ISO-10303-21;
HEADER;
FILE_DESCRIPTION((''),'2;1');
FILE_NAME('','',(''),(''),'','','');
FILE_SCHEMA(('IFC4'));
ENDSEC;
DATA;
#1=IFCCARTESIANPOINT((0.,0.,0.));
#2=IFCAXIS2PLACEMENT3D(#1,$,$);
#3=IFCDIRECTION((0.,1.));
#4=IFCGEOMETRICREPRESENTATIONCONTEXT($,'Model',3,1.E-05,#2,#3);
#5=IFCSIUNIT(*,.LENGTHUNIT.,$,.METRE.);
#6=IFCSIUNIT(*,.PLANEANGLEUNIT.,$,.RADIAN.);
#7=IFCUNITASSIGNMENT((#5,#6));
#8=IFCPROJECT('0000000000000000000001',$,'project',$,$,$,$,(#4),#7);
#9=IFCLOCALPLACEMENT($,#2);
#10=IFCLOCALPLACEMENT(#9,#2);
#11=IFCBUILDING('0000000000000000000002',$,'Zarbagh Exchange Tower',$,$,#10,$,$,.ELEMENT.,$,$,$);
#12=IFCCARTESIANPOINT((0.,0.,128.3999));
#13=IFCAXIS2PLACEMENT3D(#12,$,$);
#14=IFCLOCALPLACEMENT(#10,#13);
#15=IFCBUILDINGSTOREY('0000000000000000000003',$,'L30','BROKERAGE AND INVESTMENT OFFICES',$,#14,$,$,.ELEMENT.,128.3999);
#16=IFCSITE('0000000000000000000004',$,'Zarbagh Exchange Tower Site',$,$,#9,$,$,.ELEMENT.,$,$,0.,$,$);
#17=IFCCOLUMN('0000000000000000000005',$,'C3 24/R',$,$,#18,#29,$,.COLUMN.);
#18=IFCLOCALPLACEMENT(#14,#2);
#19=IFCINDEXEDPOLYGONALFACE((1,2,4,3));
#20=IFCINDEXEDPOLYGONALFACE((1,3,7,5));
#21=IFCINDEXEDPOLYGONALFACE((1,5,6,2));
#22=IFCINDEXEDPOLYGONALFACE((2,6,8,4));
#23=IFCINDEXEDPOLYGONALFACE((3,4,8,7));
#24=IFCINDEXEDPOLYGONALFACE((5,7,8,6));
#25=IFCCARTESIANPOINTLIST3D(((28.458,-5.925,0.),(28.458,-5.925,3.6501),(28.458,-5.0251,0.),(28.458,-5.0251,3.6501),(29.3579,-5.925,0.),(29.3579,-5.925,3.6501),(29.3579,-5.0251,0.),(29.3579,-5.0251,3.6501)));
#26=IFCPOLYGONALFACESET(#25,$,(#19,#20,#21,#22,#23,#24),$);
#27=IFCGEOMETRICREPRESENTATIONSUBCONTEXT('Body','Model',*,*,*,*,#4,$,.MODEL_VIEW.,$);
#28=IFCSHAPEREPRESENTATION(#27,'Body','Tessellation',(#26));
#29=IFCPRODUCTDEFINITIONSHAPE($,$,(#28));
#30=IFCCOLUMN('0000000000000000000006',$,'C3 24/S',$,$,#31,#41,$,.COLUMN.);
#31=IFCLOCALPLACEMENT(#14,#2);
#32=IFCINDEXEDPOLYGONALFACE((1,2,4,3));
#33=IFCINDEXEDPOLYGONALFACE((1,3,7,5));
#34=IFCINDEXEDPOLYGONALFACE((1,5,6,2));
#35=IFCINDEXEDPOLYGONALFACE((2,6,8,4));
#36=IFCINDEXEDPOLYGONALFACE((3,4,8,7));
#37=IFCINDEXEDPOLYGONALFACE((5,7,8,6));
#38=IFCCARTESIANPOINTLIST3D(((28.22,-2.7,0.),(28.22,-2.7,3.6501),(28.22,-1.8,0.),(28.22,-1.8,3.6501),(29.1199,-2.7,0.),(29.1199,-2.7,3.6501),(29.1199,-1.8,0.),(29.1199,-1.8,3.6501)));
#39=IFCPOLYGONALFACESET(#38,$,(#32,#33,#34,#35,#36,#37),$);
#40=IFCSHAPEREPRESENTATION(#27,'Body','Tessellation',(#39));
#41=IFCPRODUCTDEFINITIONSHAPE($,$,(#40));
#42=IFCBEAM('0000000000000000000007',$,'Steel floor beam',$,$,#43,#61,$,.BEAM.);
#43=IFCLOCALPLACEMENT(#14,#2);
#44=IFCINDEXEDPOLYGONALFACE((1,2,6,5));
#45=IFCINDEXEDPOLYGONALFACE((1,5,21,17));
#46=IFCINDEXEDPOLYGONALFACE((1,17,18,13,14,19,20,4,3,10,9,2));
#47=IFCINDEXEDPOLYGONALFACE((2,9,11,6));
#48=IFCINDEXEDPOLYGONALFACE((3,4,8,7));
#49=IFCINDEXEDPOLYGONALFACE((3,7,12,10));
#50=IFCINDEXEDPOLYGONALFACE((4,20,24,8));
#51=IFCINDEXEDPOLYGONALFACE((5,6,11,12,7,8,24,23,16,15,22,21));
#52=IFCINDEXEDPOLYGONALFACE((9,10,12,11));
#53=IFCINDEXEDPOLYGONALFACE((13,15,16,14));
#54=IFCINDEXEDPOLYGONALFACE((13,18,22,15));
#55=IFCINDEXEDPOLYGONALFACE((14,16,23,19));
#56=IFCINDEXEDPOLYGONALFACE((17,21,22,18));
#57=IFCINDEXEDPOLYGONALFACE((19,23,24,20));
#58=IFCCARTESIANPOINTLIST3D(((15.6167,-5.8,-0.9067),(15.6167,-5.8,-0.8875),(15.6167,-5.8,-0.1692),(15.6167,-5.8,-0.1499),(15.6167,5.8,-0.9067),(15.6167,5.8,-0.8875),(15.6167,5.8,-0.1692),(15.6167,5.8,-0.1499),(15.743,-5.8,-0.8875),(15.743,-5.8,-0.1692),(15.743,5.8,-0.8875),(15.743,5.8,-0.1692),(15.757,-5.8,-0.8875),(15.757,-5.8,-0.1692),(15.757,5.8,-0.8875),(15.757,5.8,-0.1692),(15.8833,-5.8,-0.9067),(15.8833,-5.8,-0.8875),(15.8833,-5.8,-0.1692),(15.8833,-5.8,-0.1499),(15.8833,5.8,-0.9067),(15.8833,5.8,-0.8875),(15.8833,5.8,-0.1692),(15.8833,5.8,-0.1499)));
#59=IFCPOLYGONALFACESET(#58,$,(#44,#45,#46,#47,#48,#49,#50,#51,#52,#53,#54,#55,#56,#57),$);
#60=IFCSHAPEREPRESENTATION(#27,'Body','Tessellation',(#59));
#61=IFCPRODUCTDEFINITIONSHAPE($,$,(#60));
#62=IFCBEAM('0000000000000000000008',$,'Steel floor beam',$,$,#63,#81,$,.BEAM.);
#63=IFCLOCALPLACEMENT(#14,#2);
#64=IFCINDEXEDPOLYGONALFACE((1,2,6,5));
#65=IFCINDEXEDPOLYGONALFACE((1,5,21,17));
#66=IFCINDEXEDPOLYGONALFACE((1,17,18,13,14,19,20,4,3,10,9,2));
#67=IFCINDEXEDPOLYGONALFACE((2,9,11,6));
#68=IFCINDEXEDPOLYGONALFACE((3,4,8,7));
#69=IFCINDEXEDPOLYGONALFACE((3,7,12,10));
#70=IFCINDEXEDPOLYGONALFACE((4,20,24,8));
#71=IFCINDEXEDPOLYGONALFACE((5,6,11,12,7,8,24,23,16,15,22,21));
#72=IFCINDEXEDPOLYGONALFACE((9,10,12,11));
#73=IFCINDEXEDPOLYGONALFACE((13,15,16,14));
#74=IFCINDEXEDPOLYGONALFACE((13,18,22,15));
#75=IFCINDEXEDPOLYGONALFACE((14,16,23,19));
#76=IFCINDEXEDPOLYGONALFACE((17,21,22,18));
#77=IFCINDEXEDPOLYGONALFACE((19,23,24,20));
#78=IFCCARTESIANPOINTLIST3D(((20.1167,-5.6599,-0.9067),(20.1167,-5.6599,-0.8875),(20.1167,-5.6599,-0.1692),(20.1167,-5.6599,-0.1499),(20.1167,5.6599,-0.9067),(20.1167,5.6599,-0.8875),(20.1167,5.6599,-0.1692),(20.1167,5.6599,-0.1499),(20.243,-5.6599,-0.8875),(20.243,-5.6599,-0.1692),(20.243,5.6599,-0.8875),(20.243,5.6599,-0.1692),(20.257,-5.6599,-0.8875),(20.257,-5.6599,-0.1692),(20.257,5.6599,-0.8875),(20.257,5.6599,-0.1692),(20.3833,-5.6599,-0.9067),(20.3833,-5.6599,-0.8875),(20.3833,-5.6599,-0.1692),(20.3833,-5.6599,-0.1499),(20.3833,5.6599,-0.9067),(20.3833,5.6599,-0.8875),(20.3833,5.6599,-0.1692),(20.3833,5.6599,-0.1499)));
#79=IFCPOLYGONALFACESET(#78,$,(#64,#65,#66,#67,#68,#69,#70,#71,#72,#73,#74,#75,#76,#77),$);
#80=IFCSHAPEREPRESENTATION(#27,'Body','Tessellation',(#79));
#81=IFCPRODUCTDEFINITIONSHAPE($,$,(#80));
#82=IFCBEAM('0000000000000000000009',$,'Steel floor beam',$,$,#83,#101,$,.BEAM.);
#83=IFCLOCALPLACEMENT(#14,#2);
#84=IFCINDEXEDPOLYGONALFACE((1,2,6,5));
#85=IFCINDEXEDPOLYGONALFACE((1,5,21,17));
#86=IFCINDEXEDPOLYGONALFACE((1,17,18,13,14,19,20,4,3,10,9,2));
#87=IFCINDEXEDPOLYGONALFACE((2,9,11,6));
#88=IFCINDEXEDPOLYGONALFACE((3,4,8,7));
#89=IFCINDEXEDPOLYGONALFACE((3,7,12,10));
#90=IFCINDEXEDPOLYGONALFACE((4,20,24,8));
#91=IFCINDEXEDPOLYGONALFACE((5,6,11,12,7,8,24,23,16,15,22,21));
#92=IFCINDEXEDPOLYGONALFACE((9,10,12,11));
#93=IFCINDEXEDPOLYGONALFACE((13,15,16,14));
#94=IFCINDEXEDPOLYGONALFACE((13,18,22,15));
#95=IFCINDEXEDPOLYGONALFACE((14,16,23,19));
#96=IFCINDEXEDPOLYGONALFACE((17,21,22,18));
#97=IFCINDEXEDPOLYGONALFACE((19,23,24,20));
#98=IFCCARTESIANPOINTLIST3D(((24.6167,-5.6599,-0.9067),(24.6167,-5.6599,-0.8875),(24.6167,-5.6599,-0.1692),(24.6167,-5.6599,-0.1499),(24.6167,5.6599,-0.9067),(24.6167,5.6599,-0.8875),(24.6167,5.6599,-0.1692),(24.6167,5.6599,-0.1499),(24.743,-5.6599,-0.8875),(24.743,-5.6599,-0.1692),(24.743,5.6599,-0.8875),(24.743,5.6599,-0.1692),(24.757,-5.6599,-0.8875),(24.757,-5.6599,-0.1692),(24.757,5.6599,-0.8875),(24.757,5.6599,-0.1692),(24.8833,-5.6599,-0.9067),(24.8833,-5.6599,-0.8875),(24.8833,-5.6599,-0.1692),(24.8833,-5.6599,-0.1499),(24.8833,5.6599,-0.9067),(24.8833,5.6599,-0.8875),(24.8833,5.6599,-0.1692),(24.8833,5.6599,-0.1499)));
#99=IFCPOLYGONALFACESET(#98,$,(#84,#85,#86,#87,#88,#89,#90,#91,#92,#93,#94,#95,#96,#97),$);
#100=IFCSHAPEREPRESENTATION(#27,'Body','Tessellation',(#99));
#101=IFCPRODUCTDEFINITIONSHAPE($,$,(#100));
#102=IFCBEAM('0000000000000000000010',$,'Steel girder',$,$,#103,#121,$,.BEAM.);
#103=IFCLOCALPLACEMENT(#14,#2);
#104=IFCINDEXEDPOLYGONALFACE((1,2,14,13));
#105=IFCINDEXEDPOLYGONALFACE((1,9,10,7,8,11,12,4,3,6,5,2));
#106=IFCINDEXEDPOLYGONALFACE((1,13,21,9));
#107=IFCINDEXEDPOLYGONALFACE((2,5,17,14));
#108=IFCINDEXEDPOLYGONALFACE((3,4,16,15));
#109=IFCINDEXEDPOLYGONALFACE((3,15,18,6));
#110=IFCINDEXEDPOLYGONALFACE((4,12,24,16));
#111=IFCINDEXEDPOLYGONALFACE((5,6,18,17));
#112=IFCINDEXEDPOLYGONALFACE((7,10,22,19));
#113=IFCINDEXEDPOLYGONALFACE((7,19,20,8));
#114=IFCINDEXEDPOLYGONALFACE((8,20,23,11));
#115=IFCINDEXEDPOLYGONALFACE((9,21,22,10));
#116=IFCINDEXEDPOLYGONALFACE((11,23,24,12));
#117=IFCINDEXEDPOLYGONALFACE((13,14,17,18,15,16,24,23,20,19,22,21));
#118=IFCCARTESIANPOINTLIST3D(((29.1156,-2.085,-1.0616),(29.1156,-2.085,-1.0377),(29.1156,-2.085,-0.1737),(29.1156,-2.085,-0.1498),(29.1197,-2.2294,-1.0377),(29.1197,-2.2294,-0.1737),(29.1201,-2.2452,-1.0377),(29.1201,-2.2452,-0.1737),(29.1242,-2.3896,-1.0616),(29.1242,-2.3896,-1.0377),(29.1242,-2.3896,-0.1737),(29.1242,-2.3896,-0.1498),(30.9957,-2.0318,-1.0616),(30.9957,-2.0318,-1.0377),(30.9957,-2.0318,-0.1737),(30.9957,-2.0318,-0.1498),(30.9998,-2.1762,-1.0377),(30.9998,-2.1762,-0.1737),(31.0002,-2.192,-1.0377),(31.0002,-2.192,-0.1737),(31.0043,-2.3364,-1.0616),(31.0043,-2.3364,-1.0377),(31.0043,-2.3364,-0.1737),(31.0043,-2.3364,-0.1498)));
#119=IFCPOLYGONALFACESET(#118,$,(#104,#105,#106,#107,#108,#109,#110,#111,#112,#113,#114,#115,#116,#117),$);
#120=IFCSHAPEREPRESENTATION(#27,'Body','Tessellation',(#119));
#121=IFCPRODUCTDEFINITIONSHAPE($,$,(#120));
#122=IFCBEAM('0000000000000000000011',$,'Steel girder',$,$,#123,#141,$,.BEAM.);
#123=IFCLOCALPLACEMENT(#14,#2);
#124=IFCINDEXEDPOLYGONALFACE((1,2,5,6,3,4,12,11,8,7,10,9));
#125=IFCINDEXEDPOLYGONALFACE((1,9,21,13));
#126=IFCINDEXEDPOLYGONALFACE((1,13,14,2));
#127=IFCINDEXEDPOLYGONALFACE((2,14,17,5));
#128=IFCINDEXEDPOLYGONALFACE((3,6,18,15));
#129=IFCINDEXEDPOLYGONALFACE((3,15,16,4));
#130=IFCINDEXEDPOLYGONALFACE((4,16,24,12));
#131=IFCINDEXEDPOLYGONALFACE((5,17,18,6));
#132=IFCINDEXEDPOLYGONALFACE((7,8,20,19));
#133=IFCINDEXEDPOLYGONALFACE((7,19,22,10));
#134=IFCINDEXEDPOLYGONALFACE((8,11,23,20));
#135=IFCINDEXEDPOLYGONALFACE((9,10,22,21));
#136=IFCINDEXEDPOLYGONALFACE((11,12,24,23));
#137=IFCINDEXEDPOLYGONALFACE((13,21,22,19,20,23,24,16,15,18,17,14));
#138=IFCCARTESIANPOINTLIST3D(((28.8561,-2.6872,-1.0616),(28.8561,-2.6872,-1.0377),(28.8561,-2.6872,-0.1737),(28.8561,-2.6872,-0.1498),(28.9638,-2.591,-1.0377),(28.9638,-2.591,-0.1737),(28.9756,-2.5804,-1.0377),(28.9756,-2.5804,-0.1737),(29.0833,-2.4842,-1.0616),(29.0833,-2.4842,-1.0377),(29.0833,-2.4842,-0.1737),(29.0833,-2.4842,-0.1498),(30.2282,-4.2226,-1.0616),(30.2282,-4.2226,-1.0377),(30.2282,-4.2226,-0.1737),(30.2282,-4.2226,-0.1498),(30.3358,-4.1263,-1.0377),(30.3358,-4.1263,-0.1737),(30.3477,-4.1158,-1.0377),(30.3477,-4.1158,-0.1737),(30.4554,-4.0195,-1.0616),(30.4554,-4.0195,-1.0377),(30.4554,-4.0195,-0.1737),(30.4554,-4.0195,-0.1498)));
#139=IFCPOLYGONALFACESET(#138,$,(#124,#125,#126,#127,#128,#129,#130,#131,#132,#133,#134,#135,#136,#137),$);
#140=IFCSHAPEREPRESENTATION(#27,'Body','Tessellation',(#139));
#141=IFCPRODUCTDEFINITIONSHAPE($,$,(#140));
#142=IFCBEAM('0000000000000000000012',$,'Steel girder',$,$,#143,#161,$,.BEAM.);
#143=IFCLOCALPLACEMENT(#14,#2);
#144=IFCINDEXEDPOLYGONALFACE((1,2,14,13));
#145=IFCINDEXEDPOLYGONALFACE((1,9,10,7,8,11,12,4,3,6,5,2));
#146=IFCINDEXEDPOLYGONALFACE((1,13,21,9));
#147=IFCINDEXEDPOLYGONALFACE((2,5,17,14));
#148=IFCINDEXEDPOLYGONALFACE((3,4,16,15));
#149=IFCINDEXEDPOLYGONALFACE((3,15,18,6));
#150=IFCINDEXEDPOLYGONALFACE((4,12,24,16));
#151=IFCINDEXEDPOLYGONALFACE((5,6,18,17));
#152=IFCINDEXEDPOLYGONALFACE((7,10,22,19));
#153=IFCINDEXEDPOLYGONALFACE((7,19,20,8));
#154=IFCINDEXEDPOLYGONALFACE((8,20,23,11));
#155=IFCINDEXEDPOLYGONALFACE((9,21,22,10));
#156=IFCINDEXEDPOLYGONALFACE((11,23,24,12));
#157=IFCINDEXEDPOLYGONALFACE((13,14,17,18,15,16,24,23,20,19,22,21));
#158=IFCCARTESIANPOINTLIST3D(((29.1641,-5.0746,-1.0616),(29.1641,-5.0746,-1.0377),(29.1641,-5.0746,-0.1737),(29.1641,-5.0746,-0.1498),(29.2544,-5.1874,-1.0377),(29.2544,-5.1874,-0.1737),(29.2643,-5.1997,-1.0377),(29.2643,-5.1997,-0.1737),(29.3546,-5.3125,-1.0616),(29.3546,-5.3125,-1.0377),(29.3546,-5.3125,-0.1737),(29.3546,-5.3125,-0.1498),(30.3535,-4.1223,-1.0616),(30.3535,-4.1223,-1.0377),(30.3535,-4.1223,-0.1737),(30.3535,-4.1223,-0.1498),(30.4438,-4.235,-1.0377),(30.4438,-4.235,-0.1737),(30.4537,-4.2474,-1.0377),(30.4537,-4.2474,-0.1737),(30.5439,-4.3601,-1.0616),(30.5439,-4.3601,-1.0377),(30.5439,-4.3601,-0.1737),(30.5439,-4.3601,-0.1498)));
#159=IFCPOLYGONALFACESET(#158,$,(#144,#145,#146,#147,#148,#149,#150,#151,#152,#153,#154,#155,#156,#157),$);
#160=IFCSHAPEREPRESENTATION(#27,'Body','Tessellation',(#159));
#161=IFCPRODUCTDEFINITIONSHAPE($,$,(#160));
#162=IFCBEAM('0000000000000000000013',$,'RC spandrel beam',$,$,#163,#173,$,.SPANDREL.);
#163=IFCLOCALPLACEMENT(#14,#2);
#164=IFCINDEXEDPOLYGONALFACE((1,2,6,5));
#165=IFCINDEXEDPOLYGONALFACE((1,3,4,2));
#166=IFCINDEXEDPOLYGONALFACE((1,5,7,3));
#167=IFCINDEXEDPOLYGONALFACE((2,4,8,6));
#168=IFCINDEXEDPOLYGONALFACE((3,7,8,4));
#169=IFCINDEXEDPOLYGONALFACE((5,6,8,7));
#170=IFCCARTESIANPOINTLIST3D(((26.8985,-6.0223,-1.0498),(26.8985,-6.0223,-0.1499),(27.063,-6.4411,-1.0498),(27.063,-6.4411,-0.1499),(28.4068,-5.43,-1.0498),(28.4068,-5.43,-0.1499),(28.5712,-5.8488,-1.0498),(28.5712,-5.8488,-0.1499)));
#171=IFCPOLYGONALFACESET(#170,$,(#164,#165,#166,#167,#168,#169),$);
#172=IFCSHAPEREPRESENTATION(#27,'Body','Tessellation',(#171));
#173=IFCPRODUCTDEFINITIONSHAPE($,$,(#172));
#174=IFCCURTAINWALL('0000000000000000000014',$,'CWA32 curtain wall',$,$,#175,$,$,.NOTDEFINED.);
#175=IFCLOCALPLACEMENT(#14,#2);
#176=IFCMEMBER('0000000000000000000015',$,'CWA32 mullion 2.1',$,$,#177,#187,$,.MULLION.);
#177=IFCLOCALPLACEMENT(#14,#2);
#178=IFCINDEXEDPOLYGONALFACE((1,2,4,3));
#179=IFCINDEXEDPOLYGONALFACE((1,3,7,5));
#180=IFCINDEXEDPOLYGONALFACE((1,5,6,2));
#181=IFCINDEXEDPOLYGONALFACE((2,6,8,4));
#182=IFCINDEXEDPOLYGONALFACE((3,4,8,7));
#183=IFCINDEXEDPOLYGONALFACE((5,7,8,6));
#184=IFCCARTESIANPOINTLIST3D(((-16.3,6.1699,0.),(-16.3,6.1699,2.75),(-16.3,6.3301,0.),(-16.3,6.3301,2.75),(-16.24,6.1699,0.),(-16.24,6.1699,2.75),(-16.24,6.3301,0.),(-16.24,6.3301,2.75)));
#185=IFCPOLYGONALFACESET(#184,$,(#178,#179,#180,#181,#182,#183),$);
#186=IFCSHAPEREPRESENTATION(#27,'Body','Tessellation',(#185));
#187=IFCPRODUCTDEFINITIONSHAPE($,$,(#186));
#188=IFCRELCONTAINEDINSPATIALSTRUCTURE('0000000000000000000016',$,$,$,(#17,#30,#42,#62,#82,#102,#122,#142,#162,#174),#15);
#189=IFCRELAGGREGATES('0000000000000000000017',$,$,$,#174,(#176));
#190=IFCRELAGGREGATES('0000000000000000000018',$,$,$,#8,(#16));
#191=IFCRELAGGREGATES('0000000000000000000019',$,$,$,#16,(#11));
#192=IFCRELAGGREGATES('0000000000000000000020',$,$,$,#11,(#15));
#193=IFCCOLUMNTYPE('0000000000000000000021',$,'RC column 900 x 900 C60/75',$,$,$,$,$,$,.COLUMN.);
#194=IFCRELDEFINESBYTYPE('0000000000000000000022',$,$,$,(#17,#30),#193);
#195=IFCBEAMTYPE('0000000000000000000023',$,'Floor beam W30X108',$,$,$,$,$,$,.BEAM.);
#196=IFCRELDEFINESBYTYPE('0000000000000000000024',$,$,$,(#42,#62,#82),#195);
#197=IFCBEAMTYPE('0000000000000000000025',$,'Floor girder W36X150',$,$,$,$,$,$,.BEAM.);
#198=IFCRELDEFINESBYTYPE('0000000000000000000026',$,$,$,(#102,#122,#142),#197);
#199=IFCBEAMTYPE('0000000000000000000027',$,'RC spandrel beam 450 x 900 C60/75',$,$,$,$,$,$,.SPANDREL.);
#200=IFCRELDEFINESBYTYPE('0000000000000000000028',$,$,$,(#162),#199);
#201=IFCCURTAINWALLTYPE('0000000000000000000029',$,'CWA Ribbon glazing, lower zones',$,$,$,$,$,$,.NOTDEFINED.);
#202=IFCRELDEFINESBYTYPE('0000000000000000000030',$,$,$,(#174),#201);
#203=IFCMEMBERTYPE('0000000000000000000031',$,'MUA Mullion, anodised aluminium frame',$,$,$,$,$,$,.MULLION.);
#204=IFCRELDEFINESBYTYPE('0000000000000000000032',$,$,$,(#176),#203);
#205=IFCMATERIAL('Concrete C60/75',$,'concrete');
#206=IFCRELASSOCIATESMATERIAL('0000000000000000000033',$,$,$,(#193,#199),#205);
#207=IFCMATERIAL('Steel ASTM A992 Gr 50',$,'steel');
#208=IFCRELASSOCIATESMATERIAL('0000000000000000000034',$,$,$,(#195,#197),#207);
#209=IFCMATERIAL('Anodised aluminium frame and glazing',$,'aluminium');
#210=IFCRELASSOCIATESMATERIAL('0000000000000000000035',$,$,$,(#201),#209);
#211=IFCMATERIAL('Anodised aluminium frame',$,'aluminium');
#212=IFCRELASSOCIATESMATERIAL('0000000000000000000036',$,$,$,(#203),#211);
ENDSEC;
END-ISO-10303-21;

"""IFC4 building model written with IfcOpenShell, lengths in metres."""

from ifc_helpers import new_model, si_unit, direction, frame, origin, origin_2d, place, context, subcontext, project, spatial, polyline, rectangle, i_section, outline, extrude, source, transform, mapped, material, material_profile, profile_set, type_object, element, aggregate, save


model = new_model("IFC4")

# Units and contexts
model_context = context("Model", 3, precision=1e-05, world=origin(), true_north=direction((0.0, 1.0)))
body_context = subcontext(model_context, "Body", "Model", "MODEL_VIEW")
ifc_project = project(units=[si_unit("LENGTHUNIT", "METRE"), si_unit("PLANEANGLEUNIT", "RADIAN")], contexts=[model_context])

# Site, building, storey
site_placement = place(None, origin())
site = spatial("IfcSite", under=ifc_project, at=site_placement, Name="Zarbagh Exchange Tower Site", CompositionType="ELEMENT", RefElevation=0.0)
building_placement = place(site_placement, origin())
building = spatial("IfcBuilding", under=site, at=building_placement, Name="Zarbagh Exchange Tower", CompositionType="ELEMENT")
storey_placement = place(building_placement, frame((0.0, 0.0, 128.3999)))
storey = spatial("IfcBuildingStorey", under=building, at=storey_placement, Name="L30", Description="BROKERAGE AND INVESTMENT OFFICES", CompositionType="ELEMENT", Elevation=128.3999)

# Columns
ifc_material_1 = material(Name="Concrete C60/75", Category="concrete")
ifc_material_profile_1 = material_profile(ifc_material_1, rectangle(XDim=0.8999, YDim=0.8999, at=origin_2d()), Name="RC column 900 x 900 C60/75")
ifc_profile_set_1 = profile_set([ifc_material_profile_1], Name="Concrete C60/75")
column_type = type_object("IfcColumnType", Name="RC column 900 x 900 C60/75", PredefinedType="COLUMN", material=ifc_profile_set_1)
for number, where, z_axis, x_axis, name in (
    (1, (28.908, -5.4751, 0.0), (0.0, 0.0, 1.0), (1.0, 0.0, 0.0), "C3 24/R"),
    (2, (28.6699, -2.25, 0.0), (0.0, 0.0, 1.0), (1.0, 0.0, 0.0), "C3 24/S"),
):
    element("IfcColumn", number, at=place(storey_placement, frame(where, z_axis=z_axis, x_axis=x_axis)), inside=storey, type_object=column_type, Name=name, PredefinedType="COLUMN", context=body_context, shape_type="SweptSolid", body=[
        extrude(rectangle(XDim=0.8999, YDim=0.8999, at=origin_2d()), origin(), (0.0, 0.0, 1.0), 3.6501),
    ])

# Beams
ifc_material_2 = material(Name="Steel ASTM A992 Gr 50", Category="steel")
ifc_material_profile_2 = material_profile(ifc_material_2, i_section(OverallWidth=0.2666, OverallDepth=0.7568, WebThickness=0.0139, FlangeThickness=0.0193, at=origin_2d()), Name="W30X108")
ifc_profile_set_2 = profile_set([ifc_material_profile_2], Name="Steel ASTM A992 Gr 50")
beam_type_1 = type_object("IfcBeamType", Name="Floor beam W30X108", PredefinedType="BEAM", material=ifc_profile_set_2)
beam_1_placement = place(storey_placement, frame((15.75, -5.8, -0.5283), z_axis=(0.0, 1.0, 0.0), x_axis=(-1.0, 0.0, 0.0)))
element("IfcBeam", 3, at=beam_1_placement, inside=storey, type_object=beam_type_1, Name="Steel floor beam", PredefinedType="BEAM", context=body_context, shape_type="SweptSolid", body=[
    extrude(i_section(OverallWidth=0.2666, OverallDepth=0.7568, WebThickness=0.0139, FlangeThickness=0.0193, at=origin_2d()), origin(), (0.0, 0.0, 1.0), 11.6001),
])
for number, where, z_axis, x_axis, name in (
    (4, (20.25, -5.6599, -0.5283), (0.0, 1.0, 0.0), (-1.0, 0.0, 0.0), "Steel floor beam"),
    (5, (24.75, -5.6599, -0.5283), (0.0, 1.0, 0.0), (-1.0, 0.0, 0.0), "Steel floor beam"),
):
    element("IfcBeam", number, at=place(storey_placement, frame(where, z_axis=z_axis, x_axis=x_axis)), inside=storey, type_object=beam_type_1, Name=name, PredefinedType="BEAM", context=body_context, shape_type="SweptSolid", body=[
        extrude(i_section(OverallWidth=0.2666, OverallDepth=0.7568, WebThickness=0.0139, FlangeThickness=0.0193, at=origin_2d()), origin(), (0.0, 0.0, 1.0), 11.3198),
    ])
ifc_material_profile_3 = material_profile(ifc_material_2, i_section(OverallWidth=0.3047, OverallDepth=0.9119, WebThickness=0.0159, FlangeThickness=0.0239, at=origin_2d()), Name="W36X150")
ifc_profile_set_3 = profile_set([ifc_material_profile_3], Name="Steel ASTM A992 Gr 50")
beam_type_2 = type_object("IfcBeamType", Name="Floor girder W36X150", PredefinedType="BEAM", material=ifc_profile_set_3)
beam_2_placement = place(storey_placement, frame((31.0, -2.1841, -0.6057), z_axis=(-0.9996, -0.028297, 0.0), x_axis=(0.028297, -0.9996, 0.0)))
element("IfcBeam", 6, at=beam_2_placement, inside=storey, type_object=beam_type_2, Name="Steel girder", PredefinedType="BEAM", context=body_context, shape_type="SweptSolid", body=[
    extrude(i_section(OverallWidth=0.3047, OverallDepth=0.9119, WebThickness=0.0159, FlangeThickness=0.0239, at=origin_2d()), origin(), (0.0, 0.0, 1.0), 1.8809),
])
beam_3_placement = place(storey_placement, frame((28.9697, -2.5857, -0.6057), z_axis=(0.666334, -0.745654, 0.0), x_axis=(0.745654, 0.666334, 0.0)))
element("IfcBeam", 7, at=beam_3_placement, inside=storey, type_object=beam_type_2, Name="Steel girder", PredefinedType="BEAM", context=body_context, shape_type="SweptSolid", body=[
    extrude(i_section(OverallWidth=0.3047, OverallDepth=0.9119, WebThickness=0.0159, FlangeThickness=0.0239, at=origin_2d()), origin(), (0.0, 0.0, 1.0), 2.0591),
])
beam_4_placement = place(storey_placement, frame((30.4487, -4.2412, -0.6057), z_axis=(-0.780603, -0.625027, 0.0), x_axis=(0.625027, -0.780603, 0.0)))
element("IfcBeam", 8, at=beam_4_placement, inside=storey, type_object=beam_type_2, Name="Steel girder", PredefinedType="BEAM", context=body_context, shape_type="SweptSolid", body=[
    extrude(i_section(OverallWidth=0.3047, OverallDepth=0.9119, WebThickness=0.0159, FlangeThickness=0.0239, at=origin_2d()), origin(), (0.0, 0.0, 1.0), 1.5237),
])
ifc_material_profile_4 = material_profile(ifc_material_1, rectangle(XDim=0.45, YDim=0.8999, at=origin_2d()), Name="RC spandrel beam 450 x 900 C60/75")
ifc_profile_set_4 = profile_set([ifc_material_profile_4], Name="Concrete C60/75")
beam_type_3 = type_object("IfcBeamType", Name="RC spandrel beam 450 x 900 C60/75", PredefinedType="SPANDREL", material=ifc_profile_set_4)
beam_5_placement = place(storey_placement, frame((28.489, -5.6394, -0.5999), z_axis=(-0.930806, -0.365513, 0.0), x_axis=(0.365513, -0.930806, 0.0)))
element("IfcBeam", 9, at=beam_5_placement, inside=storey, type_object=beam_type_3, Name="RC spandrel beam", PredefinedType="SPANDREL", context=body_context, shape_type="SweptSolid", body=[
    extrude(rectangle(XDim=0.45, YDim=0.8999, at=origin_2d()), origin(), (0.0, 0.0, 1.0), 1.6204),
])

# Curtain wall, member
ifc_material_3 = material(Name="Anodised aluminium frame and glazing", Category="aluminium")
curtain_wall_type = type_object("IfcCurtainWallType", Name="CWA Ribbon glazing, lower zones", PredefinedType="NOTDEFINED", material=ifc_material_3)
curtain_wall_1_placement = place(storey_placement, origin())
curtain_wall_1 = element("IfcCurtainWall", 10, at=curtain_wall_1_placement, inside=storey, type_object=curtain_wall_type, Name="CWA32 curtain wall", PredefinedType="NOTDEFINED")
ifc_material_4 = material(Name="Anodised aluminium frame", Category="aluminium")
member_type = type_object("IfcMemberType", Name="MUA Mullion, anodised aluminium frame", PredefinedType="MULLION", material=ifc_material_4)
shared_shape_1 = source(origin(), body_context, "Body", "SweptSolid", [
    extrude(outline(polyline([(0.0, -0.0801), (0.0601, -0.0801), (0.0601, 0.0801), (0.0, 0.0801), (0.0, -0.0801)])), origin(), (0.0, 0.0, 1.0), 2.75),
])
placement = place(storey_placement, origin())
member_1 = element("IfcMember", 11, at=placement, type_object=member_type, Name="CWA32 mullion 2.1", PredefinedType="MULLION", context=body_context, shape_type="MappedRepresentation", body=[
    mapped(shared_shape_1, transform((-16.24, 6.25, 0.0), x_axis=(-1.0, 0.0, 0.0), y_axis=(0.0, -1.0, 0.0), z_axis=(0.0, 0.0, 1.0))),
])

aggregate(curtain_wall_1, [member_1])

save(model, "model.ifc")
